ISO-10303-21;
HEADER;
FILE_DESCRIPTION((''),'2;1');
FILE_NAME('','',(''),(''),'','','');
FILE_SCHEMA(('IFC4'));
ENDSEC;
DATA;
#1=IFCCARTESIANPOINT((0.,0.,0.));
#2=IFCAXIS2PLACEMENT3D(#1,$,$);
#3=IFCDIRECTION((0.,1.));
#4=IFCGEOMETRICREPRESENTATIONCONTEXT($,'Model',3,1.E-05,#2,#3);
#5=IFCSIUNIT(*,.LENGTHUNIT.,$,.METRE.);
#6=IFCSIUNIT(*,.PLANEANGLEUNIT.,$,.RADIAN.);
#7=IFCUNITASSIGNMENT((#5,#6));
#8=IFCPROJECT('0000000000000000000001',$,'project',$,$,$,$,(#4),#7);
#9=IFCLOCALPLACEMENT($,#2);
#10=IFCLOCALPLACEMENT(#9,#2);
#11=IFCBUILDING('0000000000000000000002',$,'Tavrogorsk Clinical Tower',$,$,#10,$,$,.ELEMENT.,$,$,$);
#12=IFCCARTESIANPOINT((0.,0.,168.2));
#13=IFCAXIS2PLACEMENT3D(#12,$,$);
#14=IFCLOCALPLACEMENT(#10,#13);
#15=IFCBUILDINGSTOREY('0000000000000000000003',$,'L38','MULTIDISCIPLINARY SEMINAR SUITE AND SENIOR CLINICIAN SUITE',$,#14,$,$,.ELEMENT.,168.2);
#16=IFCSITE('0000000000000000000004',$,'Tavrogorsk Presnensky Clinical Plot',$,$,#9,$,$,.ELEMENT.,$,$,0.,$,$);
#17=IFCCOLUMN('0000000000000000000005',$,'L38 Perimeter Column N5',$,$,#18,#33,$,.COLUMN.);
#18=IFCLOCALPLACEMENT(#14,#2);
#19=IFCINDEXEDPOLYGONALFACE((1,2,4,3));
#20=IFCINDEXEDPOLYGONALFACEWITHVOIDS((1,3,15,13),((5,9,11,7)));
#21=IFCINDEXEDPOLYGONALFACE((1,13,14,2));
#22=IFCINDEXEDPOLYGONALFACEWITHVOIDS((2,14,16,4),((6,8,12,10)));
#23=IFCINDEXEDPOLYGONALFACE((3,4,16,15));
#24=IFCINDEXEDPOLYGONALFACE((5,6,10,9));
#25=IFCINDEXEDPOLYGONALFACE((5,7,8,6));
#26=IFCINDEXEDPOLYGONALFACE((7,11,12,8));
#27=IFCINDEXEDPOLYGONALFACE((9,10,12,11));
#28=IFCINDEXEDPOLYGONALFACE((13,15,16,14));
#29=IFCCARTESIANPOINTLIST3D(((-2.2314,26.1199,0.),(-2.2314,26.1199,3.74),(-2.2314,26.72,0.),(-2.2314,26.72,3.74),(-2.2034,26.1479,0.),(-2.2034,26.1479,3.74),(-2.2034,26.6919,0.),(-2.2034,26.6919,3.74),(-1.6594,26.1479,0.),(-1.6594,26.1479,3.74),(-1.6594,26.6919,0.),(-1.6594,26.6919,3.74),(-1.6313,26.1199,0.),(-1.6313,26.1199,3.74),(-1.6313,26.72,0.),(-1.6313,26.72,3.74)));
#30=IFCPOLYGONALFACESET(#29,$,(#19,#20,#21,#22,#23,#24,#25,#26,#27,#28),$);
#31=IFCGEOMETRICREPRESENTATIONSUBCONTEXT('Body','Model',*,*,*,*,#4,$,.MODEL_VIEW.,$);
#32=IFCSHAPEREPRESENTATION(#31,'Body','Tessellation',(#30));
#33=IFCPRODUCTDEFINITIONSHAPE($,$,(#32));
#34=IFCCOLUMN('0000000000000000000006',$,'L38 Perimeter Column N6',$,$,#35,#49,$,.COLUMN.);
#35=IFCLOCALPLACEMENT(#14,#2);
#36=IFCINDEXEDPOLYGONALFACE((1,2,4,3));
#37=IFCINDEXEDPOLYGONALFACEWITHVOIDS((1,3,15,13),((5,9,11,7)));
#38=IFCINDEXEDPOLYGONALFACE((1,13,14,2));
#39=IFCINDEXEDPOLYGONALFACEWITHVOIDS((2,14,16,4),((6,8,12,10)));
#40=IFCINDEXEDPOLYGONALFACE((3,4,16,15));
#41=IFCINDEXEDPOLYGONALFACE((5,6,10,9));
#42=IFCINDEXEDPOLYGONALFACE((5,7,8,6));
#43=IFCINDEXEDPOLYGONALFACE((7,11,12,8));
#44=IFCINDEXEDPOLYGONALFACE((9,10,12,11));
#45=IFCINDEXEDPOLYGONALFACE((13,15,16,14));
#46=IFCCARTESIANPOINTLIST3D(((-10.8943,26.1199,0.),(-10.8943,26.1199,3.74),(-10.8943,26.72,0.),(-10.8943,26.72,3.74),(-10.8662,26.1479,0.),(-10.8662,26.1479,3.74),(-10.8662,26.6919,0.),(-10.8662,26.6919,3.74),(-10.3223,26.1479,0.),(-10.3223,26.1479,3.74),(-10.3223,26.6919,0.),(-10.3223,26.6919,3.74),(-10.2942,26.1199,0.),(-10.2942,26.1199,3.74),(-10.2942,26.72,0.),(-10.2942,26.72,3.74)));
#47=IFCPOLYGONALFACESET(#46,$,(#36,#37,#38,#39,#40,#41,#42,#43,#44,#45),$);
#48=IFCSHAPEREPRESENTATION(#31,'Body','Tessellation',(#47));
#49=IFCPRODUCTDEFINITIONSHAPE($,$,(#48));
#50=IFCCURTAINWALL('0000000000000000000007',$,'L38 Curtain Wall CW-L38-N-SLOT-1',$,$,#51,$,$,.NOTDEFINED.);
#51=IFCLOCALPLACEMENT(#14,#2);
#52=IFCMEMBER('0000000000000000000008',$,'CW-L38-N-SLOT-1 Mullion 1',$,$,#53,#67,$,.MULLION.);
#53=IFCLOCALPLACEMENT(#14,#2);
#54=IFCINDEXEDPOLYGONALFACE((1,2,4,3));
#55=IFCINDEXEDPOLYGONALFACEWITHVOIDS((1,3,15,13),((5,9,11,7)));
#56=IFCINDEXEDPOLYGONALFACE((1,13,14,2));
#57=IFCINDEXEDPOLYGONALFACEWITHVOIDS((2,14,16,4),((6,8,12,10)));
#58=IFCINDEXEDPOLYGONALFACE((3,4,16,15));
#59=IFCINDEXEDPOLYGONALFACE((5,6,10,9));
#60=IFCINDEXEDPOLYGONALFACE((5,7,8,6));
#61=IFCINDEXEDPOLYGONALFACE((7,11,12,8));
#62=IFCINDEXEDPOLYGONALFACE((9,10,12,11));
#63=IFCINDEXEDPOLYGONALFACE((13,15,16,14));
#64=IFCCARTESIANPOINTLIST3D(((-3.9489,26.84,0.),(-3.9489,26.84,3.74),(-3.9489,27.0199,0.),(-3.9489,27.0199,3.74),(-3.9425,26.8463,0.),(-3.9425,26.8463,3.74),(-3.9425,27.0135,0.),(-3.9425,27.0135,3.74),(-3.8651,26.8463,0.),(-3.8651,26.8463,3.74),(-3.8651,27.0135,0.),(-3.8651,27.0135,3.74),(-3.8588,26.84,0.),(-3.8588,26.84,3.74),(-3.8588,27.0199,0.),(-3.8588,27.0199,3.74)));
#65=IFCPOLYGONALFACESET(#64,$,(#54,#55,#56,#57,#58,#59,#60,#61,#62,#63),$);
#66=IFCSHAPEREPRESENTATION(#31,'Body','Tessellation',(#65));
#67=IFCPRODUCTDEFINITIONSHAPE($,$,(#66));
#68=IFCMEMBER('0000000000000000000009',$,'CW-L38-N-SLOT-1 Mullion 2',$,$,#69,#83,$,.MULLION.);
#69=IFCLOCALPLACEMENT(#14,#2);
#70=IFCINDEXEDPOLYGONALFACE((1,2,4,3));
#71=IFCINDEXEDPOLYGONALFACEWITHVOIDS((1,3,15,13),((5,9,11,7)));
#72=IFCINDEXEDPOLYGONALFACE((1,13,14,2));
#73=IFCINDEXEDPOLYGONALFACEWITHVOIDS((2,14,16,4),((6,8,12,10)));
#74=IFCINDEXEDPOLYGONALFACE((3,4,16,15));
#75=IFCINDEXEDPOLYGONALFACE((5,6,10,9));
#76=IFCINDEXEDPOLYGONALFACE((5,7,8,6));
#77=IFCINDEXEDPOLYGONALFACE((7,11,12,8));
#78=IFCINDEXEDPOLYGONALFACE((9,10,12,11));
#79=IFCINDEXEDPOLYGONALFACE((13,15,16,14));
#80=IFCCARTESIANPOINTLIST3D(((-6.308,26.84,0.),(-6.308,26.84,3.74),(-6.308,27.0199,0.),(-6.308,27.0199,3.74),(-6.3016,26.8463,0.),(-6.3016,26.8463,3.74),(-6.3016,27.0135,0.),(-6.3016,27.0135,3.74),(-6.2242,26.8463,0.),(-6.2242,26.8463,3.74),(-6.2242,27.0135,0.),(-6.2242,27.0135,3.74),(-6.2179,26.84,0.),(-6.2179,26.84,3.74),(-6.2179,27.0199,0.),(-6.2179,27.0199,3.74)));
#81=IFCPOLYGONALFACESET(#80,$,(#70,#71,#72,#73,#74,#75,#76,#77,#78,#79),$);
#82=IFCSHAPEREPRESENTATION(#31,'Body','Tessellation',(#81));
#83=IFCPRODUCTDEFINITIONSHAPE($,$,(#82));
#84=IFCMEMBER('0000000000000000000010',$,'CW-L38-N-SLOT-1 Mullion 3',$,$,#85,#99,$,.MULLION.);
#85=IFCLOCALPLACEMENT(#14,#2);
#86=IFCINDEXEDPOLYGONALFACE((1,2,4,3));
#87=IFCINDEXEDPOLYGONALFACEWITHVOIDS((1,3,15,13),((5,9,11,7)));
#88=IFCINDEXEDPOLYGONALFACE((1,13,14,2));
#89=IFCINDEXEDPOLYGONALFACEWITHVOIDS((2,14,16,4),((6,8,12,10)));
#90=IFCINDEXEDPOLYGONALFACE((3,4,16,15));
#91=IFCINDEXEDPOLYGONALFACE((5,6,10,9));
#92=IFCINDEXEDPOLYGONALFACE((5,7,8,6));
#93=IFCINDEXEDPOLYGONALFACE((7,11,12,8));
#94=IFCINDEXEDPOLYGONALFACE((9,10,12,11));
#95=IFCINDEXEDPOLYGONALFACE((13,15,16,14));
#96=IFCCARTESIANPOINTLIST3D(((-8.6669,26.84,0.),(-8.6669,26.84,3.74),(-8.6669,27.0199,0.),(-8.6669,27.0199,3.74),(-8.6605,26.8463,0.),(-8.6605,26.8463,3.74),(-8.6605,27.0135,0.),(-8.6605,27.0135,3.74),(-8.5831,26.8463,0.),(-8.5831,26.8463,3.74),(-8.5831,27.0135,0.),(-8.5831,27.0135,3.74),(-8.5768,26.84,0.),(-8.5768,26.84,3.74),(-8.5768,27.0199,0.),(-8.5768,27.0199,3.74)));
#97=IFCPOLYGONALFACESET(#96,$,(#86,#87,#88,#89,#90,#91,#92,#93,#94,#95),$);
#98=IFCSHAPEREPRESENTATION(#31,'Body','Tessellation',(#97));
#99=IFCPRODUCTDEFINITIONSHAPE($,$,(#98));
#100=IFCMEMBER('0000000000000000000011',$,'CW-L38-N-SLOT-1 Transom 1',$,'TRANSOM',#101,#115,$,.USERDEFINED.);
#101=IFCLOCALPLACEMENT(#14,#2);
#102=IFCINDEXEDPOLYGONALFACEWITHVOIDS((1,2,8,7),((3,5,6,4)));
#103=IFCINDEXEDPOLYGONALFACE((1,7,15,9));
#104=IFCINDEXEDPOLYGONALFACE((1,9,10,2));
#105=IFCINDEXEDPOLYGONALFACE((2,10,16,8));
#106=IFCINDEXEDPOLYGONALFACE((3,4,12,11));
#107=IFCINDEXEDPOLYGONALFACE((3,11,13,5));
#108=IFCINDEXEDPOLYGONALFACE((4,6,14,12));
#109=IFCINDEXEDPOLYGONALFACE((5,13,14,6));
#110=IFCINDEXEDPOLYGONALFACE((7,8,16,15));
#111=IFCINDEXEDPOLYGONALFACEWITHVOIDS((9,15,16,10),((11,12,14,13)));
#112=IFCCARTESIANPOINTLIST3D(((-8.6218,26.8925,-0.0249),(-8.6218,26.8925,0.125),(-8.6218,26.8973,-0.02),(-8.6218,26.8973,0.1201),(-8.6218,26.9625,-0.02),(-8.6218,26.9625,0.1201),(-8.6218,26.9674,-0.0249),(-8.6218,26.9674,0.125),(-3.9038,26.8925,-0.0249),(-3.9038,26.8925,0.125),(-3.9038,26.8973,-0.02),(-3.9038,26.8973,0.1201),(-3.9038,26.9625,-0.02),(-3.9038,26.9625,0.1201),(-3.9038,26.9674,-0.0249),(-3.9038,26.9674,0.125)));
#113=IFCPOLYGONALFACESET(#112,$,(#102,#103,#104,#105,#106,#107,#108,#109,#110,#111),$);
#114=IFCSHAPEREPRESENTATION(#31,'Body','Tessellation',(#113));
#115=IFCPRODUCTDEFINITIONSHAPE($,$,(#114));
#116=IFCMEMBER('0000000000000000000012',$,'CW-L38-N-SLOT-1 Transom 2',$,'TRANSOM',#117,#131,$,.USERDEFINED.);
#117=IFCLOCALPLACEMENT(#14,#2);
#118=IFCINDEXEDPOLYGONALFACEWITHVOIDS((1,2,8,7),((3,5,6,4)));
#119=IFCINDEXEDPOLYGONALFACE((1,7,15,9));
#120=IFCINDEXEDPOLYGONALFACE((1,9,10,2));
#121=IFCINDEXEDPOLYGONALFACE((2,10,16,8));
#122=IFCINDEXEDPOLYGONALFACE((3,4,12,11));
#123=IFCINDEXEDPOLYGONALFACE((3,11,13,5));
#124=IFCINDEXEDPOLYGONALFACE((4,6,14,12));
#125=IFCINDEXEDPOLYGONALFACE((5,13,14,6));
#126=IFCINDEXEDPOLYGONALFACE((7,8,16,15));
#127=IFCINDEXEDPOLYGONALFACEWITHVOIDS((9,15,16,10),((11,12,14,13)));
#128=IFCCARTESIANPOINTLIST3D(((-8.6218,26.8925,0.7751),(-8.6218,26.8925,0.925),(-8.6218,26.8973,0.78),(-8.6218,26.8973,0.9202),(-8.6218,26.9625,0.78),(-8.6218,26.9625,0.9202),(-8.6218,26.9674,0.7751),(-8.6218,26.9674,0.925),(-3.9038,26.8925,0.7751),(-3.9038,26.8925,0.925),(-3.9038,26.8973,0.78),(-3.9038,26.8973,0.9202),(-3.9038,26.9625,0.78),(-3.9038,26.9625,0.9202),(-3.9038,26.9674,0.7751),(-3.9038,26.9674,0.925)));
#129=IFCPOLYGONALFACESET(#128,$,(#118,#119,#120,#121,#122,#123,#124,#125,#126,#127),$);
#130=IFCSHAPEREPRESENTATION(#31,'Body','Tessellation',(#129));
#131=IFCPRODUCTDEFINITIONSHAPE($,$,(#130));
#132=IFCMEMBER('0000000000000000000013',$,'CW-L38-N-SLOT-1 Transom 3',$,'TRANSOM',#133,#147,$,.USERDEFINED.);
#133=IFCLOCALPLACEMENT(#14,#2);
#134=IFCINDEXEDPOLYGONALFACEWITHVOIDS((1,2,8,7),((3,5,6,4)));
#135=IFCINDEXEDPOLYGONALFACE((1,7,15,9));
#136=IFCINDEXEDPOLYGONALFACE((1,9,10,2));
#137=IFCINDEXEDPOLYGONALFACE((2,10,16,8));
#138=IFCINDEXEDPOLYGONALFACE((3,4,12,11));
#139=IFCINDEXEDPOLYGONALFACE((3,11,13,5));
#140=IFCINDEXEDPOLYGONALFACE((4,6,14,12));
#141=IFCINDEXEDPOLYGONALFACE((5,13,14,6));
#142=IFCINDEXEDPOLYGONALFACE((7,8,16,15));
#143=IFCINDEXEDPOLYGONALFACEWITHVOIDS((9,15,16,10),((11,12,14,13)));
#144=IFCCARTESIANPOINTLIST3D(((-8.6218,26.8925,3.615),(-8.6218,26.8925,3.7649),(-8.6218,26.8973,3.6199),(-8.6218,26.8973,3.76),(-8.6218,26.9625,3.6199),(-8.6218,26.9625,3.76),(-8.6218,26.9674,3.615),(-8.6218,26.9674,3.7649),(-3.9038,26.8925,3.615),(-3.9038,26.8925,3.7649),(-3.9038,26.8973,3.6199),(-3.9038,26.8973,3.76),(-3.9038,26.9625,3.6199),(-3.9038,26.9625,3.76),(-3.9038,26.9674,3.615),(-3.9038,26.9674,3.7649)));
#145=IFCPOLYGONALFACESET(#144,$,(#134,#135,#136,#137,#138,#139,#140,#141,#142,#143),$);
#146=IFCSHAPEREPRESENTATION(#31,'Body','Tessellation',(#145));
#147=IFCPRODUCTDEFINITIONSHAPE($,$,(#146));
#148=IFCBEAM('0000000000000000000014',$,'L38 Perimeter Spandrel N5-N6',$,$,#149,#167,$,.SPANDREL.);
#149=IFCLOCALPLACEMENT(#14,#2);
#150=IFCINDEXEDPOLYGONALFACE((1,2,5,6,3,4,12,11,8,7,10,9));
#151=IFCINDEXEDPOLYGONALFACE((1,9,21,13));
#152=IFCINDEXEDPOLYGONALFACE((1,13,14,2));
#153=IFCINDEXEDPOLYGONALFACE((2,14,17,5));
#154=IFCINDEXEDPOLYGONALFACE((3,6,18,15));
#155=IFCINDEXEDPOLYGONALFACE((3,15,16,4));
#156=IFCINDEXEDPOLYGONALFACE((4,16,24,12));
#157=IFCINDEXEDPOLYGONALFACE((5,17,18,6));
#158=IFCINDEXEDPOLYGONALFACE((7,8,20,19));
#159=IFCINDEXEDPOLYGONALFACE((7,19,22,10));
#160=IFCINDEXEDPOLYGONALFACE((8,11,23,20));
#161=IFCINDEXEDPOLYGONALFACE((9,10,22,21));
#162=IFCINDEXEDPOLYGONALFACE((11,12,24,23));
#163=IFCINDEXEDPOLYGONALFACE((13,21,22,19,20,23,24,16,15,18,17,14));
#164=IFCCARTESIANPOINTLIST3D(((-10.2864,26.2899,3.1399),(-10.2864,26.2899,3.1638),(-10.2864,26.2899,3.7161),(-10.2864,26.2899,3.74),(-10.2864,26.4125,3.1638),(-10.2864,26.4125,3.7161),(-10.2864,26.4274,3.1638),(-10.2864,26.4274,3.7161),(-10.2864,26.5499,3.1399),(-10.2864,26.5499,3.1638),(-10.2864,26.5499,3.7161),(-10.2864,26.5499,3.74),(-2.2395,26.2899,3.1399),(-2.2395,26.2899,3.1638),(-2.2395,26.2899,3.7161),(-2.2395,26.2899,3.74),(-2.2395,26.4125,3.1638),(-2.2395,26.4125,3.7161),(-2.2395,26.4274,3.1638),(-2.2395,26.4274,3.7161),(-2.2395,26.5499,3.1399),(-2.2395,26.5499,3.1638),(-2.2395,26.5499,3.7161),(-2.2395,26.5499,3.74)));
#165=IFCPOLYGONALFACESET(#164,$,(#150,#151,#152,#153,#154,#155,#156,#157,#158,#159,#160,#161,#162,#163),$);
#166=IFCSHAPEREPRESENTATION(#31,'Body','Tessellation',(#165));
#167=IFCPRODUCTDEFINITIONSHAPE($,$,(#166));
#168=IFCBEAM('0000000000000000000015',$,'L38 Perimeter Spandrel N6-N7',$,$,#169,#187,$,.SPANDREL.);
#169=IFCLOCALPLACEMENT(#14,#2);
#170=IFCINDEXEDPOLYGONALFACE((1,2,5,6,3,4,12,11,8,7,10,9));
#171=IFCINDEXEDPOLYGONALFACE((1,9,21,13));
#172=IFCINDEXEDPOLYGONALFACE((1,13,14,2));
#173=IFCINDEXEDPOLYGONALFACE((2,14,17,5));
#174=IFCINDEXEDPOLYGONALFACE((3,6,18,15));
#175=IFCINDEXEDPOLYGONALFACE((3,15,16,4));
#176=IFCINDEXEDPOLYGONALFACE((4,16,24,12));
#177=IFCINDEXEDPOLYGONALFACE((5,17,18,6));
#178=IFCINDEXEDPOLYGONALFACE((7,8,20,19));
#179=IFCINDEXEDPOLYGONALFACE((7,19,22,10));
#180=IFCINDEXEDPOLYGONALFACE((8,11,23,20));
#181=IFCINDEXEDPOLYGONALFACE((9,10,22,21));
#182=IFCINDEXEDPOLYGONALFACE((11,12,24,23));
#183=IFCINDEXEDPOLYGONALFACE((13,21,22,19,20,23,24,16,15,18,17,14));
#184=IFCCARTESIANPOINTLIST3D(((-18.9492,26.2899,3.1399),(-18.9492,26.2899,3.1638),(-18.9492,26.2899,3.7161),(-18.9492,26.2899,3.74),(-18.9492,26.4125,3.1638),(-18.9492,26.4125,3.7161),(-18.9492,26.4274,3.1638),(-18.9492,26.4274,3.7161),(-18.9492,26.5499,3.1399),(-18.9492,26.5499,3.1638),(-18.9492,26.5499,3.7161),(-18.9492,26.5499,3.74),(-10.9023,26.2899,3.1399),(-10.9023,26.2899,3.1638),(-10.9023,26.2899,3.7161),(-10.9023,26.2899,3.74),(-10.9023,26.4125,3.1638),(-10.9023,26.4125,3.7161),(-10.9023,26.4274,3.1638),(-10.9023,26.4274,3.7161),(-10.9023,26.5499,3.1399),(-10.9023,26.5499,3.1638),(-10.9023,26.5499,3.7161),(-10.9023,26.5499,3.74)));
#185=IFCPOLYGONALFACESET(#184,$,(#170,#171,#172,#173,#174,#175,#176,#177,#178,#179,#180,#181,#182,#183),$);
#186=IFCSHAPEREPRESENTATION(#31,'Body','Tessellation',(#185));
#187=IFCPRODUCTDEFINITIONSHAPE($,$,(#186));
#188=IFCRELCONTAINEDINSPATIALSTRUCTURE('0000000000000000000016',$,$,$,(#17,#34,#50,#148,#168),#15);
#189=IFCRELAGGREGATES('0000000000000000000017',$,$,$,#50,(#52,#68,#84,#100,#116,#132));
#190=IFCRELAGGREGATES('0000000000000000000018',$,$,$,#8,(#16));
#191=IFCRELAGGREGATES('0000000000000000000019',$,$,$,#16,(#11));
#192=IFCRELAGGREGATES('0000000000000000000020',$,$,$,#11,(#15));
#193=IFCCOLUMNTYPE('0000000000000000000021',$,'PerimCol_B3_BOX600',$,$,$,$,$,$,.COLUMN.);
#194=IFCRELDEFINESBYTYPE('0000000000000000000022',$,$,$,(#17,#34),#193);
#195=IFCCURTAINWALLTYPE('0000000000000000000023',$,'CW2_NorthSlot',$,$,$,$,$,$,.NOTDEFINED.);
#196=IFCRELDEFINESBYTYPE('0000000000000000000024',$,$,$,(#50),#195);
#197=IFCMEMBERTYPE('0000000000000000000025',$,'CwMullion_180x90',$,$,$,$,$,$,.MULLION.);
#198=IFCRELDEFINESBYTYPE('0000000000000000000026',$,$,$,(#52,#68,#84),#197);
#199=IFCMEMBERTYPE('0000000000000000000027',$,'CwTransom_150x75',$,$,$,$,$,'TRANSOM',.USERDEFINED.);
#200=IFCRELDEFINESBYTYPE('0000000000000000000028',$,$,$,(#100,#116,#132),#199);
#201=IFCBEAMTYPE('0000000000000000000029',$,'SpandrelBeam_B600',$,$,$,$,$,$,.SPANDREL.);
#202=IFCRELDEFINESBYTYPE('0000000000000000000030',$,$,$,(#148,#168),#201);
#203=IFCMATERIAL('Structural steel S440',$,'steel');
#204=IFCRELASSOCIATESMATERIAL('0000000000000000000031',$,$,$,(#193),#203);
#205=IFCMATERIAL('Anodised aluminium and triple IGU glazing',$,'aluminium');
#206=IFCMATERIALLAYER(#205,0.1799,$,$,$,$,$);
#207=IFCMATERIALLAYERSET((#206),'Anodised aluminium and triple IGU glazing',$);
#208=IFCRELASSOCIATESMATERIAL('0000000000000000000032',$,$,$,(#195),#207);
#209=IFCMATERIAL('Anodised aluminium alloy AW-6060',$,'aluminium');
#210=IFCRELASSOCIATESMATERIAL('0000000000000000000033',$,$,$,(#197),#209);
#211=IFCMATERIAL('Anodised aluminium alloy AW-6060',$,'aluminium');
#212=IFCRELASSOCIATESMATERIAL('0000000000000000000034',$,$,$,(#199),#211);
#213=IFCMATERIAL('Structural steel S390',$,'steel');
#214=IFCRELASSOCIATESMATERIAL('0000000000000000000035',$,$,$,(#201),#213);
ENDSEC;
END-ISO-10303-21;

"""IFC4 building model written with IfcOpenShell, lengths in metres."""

from ifc_helpers import new_model, si_unit, direction, frame, origin, origin_2d, place, context, subcontext, project, spatial, hollow_rectangle, i_section, extrude, material, layer, layer_set, material_profile, profile_set, type_object, element, aggregate, save


model = new_model("IFC4")

# Units and contexts
model_context = context("Model", 3, precision=1e-05, world=origin(), true_north=direction((0.0, 1.0)))
body_context = subcontext(model_context, "Body", "Model", "MODEL_VIEW")
ifc_project = project(units=[si_unit("LENGTHUNIT", "METRE"), si_unit("PLANEANGLEUNIT", "RADIAN")], contexts=[model_context])

# Site, building, storey
site_placement = place(None, origin())
site = spatial("IfcSite", under=ifc_project, at=site_placement, Name="Tavrogorsk Presnensky Clinical Plot", CompositionType="ELEMENT", RefElevation=0.0)
building_placement = place(site_placement, origin())
building = spatial("IfcBuilding", under=site, at=building_placement, Name="Tavrogorsk Clinical Tower", CompositionType="ELEMENT")
storey_placement = place(building_placement, frame((0.0, 0.0, 168.2)))
storey = spatial("IfcBuildingStorey", under=building, at=storey_placement, Name="L38", Description="MULTIDISCIPLINARY SEMINAR SUITE AND SENIOR CLINICIAN SUITE", CompositionType="ELEMENT", Elevation=168.2)

# Columns
ifc_material_1 = material(Name="Structural steel S440", Category="steel")
ifc_material_profile_1 = material_profile(ifc_material_1, hollow_rectangle(XDim=0.6001, YDim=0.6001, WallThickness=0.0281, at=origin_2d()), Name="BOX-600x600x28")
ifc_profile_set_1 = profile_set([ifc_material_profile_1], Name="Structural steel S440")
column_type = type_object("IfcColumnType", Name="PerimCol_B3_BOX600", PredefinedType="COLUMN", material=ifc_profile_set_1)
for number, where, z_axis, x_axis, name in (
    (1, (-1.9314, 26.4199, 0.0), (0.0, 0.0, 1.0), (1.0, 0.0, 0.0), "L38 Perimeter Column N5"),
    (2, (-10.5942, 26.4199, 0.0), (0.0, 0.0, 1.0), (1.0, 0.0, 0.0), "L38 Perimeter Column N6"),
):
    element("IfcColumn", number, at=place(storey_placement, frame(where, z_axis=z_axis, x_axis=x_axis)), inside=storey, type_object=column_type, Name=name, PredefinedType="COLUMN", context=body_context, shape_type="SweptSolid", body=[
        extrude(hollow_rectangle(XDim=0.6001, YDim=0.6001, WallThickness=0.0281, at=origin_2d()), origin(), (0.0, 0.0, 1.0), 3.74),
    ])

# Curtain wall, members
ifc_material_2 = material(Name="Anodised aluminium and triple IGU glazing", Category="aluminium")
ifc_layer_1 = layer(ifc_material_2, 0.1799)
ifc_layer_set_1 = layer_set([ifc_layer_1], Name="Anodised aluminium and triple IGU glazing")
curtain_wall_type = type_object("IfcCurtainWallType", Name="CW2_NorthSlot", PredefinedType="NOTDEFINED", material=ifc_layer_set_1)
curtain_wall_placement = place(storey_placement, origin())
curtain_wall = element("IfcCurtainWall", 3, at=curtain_wall_placement, inside=storey, type_object=curtain_wall_type, Name="L38 Curtain Wall CW-L38-N-SLOT-1", PredefinedType="NOTDEFINED")
ifc_material_3 = material(Name="Anodised aluminium alloy AW-6060", Category="aluminium")
ifc_material_profile_2 = material_profile(ifc_material_3, hollow_rectangle(XDim=0.0901, YDim=0.1799, WallThickness=0.0063, at=origin_2d()), Name="RHS-180x90x6.3")
ifc_profile_set_2 = profile_set([ifc_material_profile_2], Name="Anodised aluminium alloy AW-6060")
member_type_1 = type_object("IfcMemberType", Name="CwMullion_180x90", PredefinedType="MULLION", material=ifc_profile_set_2)
member_1_placement = place(storey_placement, frame((-3.9038, 26.9299, 0.0), z_axis=(0.0, 0.0, 1.0), x_axis=(-1.0, 0.0, 0.0)))
member_1 = element("IfcMember", 4, at=member_1_placement, type_object=member_type_1, Name="CW-L38-N-SLOT-1 Mullion 1", PredefinedType="MULLION", context=body_context, shape_type="SweptSolid", body=[
    extrude(hollow_rectangle(XDim=0.0901, YDim=0.1799, WallThickness=0.0063, at=origin_2d()), origin(), (0.0, 0.0, 1.0), 3.74),
])
member_2_placement = place(storey_placement, frame((-6.2629, 26.9299, 0.0), z_axis=(0.0, 0.0, 1.0), x_axis=(-1.0, 0.0, 0.0)))
member_2 = element("IfcMember", 5, at=member_2_placement, type_object=member_type_1, Name="CW-L38-N-SLOT-1 Mullion 2", PredefinedType="MULLION", context=body_context, shape_type="SweptSolid", body=[
    extrude(hollow_rectangle(XDim=0.0901, YDim=0.1799, WallThickness=0.0063, at=origin_2d()), origin(), (0.0, 0.0, 1.0), 3.74),
])
member_3_placement = place(storey_placement, frame((-8.6218, 26.9299, 0.0), z_axis=(0.0, 0.0, 1.0), x_axis=(-1.0, 0.0, 0.0)))
member_3 = element("IfcMember", 6, at=member_3_placement, type_object=member_type_1, Name="CW-L38-N-SLOT-1 Mullion 3", PredefinedType="MULLION", context=body_context, shape_type="SweptSolid", body=[
    extrude(hollow_rectangle(XDim=0.0901, YDim=0.1799, WallThickness=0.0063, at=origin_2d()), origin(), (0.0, 0.0, 1.0), 3.74),
])
ifc_material_4 = material(Name="Anodised aluminium alloy AW-6060", Category="aluminium")
ifc_material_profile_3 = material_profile(ifc_material_4, hollow_rectangle(XDim=0.075, YDim=0.1499, WallThickness=0.0049, at=origin_2d()), Name="RHS-150x75x5")
ifc_profile_set_3 = profile_set([ifc_material_profile_3], Name="Anodised aluminium alloy AW-6060")
member_type_2 = type_object("IfcMemberType", Name="CwTransom_150x75", ElementType="TRANSOM", PredefinedType="USERDEFINED", material=ifc_profile_set_3)
member_4_placement = place(storey_placement, frame((-3.9038, 26.9299, 0.05), z_axis=(-1.0, 0.0, 0.0), x_axis=(0.0, -1.0, 0.0)))
member_4 = element("IfcMember", 7, at=member_4_placement, type_object=member_type_2, Name="CW-L38-N-SLOT-1 Transom 1", ObjectType="TRANSOM", PredefinedType="USERDEFINED", context=body_context, shape_type="SweptSolid", body=[
    extrude(hollow_rectangle(XDim=0.075, YDim=0.1499, WallThickness=0.0049, at=origin_2d()), origin(), (0.0, 0.0, 1.0), 4.718),
])
member_5_placement = place(storey_placement, frame((-3.9038, 26.9299, 0.8501), z_axis=(-1.0, 0.0, 0.0), x_axis=(0.0, -1.0, 0.0)))
member_5 = element("IfcMember", 8, at=member_5_placement, type_object=member_type_2, Name="CW-L38-N-SLOT-1 Transom 2", ObjectType="TRANSOM", PredefinedType="USERDEFINED", context=body_context, shape_type="SweptSolid", body=[
    extrude(hollow_rectangle(XDim=0.075, YDim=0.1499, WallThickness=0.0049, at=origin_2d()), origin(), (0.0, 0.0, 1.0), 4.718),
])
member_6_placement = place(storey_placement, frame((-3.9038, 26.9299, 3.6899), z_axis=(-1.0, 0.0, 0.0), x_axis=(0.0, -1.0, 0.0)))
member_6 = element("IfcMember", 9, at=member_6_placement, type_object=member_type_2, Name="CW-L38-N-SLOT-1 Transom 3", ObjectType="TRANSOM", PredefinedType="USERDEFINED", context=body_context, shape_type="SweptSolid", body=[
    extrude(hollow_rectangle(XDim=0.075, YDim=0.1499, WallThickness=0.0049, at=origin_2d()), origin(), (0.0, 0.0, 1.0), 4.718),
])

# Beams
ifc_material_5 = material(Name="Structural steel S390", Category="steel")
ifc_material_profile_4 = material_profile(ifc_material_5, i_section(OverallWidth=0.26, OverallDepth=0.6001, WebThickness=0.0149, FlangeThickness=0.0239, at=origin_2d()), Name="B-600x260x15x24")
ifc_profile_set_4 = profile_set([ifc_material_profile_4], Name="Structural steel S390")
beam_type = type_object("IfcBeamType", Name="SpandrelBeam_B600", PredefinedType="SPANDREL", material=ifc_profile_set_4)
for number, where, z_axis, x_axis, name in (
    (10, (-2.2395, 26.4199, 3.4399), (-1.0, 0.0, 0.0), (0.0, -1.0, 0.0), "L38 Perimeter Spandrel N5-N6"),
    (11, (-10.9023, 26.4199, 3.4399), (-1.0, 0.0, 0.0), (0.0, -1.0, 0.0), "L38 Perimeter Spandrel N6-N7"),
):
    element("IfcBeam", number, at=place(storey_placement, frame(where, z_axis=z_axis, x_axis=x_axis)), inside=storey, type_object=beam_type, Name=name, PredefinedType="SPANDREL", context=body_context, shape_type="SweptSolid", body=[
        extrude(i_section(OverallWidth=0.26, OverallDepth=0.6001, WebThickness=0.0149, FlangeThickness=0.0239, at=origin_2d()), origin(), (0.0, 0.0, 1.0), 8.0469),
    ])

aggregate(curtain_wall, [member_1, member_2, member_3, member_4, member_5, member_6])

save(model, "model.ifc")
